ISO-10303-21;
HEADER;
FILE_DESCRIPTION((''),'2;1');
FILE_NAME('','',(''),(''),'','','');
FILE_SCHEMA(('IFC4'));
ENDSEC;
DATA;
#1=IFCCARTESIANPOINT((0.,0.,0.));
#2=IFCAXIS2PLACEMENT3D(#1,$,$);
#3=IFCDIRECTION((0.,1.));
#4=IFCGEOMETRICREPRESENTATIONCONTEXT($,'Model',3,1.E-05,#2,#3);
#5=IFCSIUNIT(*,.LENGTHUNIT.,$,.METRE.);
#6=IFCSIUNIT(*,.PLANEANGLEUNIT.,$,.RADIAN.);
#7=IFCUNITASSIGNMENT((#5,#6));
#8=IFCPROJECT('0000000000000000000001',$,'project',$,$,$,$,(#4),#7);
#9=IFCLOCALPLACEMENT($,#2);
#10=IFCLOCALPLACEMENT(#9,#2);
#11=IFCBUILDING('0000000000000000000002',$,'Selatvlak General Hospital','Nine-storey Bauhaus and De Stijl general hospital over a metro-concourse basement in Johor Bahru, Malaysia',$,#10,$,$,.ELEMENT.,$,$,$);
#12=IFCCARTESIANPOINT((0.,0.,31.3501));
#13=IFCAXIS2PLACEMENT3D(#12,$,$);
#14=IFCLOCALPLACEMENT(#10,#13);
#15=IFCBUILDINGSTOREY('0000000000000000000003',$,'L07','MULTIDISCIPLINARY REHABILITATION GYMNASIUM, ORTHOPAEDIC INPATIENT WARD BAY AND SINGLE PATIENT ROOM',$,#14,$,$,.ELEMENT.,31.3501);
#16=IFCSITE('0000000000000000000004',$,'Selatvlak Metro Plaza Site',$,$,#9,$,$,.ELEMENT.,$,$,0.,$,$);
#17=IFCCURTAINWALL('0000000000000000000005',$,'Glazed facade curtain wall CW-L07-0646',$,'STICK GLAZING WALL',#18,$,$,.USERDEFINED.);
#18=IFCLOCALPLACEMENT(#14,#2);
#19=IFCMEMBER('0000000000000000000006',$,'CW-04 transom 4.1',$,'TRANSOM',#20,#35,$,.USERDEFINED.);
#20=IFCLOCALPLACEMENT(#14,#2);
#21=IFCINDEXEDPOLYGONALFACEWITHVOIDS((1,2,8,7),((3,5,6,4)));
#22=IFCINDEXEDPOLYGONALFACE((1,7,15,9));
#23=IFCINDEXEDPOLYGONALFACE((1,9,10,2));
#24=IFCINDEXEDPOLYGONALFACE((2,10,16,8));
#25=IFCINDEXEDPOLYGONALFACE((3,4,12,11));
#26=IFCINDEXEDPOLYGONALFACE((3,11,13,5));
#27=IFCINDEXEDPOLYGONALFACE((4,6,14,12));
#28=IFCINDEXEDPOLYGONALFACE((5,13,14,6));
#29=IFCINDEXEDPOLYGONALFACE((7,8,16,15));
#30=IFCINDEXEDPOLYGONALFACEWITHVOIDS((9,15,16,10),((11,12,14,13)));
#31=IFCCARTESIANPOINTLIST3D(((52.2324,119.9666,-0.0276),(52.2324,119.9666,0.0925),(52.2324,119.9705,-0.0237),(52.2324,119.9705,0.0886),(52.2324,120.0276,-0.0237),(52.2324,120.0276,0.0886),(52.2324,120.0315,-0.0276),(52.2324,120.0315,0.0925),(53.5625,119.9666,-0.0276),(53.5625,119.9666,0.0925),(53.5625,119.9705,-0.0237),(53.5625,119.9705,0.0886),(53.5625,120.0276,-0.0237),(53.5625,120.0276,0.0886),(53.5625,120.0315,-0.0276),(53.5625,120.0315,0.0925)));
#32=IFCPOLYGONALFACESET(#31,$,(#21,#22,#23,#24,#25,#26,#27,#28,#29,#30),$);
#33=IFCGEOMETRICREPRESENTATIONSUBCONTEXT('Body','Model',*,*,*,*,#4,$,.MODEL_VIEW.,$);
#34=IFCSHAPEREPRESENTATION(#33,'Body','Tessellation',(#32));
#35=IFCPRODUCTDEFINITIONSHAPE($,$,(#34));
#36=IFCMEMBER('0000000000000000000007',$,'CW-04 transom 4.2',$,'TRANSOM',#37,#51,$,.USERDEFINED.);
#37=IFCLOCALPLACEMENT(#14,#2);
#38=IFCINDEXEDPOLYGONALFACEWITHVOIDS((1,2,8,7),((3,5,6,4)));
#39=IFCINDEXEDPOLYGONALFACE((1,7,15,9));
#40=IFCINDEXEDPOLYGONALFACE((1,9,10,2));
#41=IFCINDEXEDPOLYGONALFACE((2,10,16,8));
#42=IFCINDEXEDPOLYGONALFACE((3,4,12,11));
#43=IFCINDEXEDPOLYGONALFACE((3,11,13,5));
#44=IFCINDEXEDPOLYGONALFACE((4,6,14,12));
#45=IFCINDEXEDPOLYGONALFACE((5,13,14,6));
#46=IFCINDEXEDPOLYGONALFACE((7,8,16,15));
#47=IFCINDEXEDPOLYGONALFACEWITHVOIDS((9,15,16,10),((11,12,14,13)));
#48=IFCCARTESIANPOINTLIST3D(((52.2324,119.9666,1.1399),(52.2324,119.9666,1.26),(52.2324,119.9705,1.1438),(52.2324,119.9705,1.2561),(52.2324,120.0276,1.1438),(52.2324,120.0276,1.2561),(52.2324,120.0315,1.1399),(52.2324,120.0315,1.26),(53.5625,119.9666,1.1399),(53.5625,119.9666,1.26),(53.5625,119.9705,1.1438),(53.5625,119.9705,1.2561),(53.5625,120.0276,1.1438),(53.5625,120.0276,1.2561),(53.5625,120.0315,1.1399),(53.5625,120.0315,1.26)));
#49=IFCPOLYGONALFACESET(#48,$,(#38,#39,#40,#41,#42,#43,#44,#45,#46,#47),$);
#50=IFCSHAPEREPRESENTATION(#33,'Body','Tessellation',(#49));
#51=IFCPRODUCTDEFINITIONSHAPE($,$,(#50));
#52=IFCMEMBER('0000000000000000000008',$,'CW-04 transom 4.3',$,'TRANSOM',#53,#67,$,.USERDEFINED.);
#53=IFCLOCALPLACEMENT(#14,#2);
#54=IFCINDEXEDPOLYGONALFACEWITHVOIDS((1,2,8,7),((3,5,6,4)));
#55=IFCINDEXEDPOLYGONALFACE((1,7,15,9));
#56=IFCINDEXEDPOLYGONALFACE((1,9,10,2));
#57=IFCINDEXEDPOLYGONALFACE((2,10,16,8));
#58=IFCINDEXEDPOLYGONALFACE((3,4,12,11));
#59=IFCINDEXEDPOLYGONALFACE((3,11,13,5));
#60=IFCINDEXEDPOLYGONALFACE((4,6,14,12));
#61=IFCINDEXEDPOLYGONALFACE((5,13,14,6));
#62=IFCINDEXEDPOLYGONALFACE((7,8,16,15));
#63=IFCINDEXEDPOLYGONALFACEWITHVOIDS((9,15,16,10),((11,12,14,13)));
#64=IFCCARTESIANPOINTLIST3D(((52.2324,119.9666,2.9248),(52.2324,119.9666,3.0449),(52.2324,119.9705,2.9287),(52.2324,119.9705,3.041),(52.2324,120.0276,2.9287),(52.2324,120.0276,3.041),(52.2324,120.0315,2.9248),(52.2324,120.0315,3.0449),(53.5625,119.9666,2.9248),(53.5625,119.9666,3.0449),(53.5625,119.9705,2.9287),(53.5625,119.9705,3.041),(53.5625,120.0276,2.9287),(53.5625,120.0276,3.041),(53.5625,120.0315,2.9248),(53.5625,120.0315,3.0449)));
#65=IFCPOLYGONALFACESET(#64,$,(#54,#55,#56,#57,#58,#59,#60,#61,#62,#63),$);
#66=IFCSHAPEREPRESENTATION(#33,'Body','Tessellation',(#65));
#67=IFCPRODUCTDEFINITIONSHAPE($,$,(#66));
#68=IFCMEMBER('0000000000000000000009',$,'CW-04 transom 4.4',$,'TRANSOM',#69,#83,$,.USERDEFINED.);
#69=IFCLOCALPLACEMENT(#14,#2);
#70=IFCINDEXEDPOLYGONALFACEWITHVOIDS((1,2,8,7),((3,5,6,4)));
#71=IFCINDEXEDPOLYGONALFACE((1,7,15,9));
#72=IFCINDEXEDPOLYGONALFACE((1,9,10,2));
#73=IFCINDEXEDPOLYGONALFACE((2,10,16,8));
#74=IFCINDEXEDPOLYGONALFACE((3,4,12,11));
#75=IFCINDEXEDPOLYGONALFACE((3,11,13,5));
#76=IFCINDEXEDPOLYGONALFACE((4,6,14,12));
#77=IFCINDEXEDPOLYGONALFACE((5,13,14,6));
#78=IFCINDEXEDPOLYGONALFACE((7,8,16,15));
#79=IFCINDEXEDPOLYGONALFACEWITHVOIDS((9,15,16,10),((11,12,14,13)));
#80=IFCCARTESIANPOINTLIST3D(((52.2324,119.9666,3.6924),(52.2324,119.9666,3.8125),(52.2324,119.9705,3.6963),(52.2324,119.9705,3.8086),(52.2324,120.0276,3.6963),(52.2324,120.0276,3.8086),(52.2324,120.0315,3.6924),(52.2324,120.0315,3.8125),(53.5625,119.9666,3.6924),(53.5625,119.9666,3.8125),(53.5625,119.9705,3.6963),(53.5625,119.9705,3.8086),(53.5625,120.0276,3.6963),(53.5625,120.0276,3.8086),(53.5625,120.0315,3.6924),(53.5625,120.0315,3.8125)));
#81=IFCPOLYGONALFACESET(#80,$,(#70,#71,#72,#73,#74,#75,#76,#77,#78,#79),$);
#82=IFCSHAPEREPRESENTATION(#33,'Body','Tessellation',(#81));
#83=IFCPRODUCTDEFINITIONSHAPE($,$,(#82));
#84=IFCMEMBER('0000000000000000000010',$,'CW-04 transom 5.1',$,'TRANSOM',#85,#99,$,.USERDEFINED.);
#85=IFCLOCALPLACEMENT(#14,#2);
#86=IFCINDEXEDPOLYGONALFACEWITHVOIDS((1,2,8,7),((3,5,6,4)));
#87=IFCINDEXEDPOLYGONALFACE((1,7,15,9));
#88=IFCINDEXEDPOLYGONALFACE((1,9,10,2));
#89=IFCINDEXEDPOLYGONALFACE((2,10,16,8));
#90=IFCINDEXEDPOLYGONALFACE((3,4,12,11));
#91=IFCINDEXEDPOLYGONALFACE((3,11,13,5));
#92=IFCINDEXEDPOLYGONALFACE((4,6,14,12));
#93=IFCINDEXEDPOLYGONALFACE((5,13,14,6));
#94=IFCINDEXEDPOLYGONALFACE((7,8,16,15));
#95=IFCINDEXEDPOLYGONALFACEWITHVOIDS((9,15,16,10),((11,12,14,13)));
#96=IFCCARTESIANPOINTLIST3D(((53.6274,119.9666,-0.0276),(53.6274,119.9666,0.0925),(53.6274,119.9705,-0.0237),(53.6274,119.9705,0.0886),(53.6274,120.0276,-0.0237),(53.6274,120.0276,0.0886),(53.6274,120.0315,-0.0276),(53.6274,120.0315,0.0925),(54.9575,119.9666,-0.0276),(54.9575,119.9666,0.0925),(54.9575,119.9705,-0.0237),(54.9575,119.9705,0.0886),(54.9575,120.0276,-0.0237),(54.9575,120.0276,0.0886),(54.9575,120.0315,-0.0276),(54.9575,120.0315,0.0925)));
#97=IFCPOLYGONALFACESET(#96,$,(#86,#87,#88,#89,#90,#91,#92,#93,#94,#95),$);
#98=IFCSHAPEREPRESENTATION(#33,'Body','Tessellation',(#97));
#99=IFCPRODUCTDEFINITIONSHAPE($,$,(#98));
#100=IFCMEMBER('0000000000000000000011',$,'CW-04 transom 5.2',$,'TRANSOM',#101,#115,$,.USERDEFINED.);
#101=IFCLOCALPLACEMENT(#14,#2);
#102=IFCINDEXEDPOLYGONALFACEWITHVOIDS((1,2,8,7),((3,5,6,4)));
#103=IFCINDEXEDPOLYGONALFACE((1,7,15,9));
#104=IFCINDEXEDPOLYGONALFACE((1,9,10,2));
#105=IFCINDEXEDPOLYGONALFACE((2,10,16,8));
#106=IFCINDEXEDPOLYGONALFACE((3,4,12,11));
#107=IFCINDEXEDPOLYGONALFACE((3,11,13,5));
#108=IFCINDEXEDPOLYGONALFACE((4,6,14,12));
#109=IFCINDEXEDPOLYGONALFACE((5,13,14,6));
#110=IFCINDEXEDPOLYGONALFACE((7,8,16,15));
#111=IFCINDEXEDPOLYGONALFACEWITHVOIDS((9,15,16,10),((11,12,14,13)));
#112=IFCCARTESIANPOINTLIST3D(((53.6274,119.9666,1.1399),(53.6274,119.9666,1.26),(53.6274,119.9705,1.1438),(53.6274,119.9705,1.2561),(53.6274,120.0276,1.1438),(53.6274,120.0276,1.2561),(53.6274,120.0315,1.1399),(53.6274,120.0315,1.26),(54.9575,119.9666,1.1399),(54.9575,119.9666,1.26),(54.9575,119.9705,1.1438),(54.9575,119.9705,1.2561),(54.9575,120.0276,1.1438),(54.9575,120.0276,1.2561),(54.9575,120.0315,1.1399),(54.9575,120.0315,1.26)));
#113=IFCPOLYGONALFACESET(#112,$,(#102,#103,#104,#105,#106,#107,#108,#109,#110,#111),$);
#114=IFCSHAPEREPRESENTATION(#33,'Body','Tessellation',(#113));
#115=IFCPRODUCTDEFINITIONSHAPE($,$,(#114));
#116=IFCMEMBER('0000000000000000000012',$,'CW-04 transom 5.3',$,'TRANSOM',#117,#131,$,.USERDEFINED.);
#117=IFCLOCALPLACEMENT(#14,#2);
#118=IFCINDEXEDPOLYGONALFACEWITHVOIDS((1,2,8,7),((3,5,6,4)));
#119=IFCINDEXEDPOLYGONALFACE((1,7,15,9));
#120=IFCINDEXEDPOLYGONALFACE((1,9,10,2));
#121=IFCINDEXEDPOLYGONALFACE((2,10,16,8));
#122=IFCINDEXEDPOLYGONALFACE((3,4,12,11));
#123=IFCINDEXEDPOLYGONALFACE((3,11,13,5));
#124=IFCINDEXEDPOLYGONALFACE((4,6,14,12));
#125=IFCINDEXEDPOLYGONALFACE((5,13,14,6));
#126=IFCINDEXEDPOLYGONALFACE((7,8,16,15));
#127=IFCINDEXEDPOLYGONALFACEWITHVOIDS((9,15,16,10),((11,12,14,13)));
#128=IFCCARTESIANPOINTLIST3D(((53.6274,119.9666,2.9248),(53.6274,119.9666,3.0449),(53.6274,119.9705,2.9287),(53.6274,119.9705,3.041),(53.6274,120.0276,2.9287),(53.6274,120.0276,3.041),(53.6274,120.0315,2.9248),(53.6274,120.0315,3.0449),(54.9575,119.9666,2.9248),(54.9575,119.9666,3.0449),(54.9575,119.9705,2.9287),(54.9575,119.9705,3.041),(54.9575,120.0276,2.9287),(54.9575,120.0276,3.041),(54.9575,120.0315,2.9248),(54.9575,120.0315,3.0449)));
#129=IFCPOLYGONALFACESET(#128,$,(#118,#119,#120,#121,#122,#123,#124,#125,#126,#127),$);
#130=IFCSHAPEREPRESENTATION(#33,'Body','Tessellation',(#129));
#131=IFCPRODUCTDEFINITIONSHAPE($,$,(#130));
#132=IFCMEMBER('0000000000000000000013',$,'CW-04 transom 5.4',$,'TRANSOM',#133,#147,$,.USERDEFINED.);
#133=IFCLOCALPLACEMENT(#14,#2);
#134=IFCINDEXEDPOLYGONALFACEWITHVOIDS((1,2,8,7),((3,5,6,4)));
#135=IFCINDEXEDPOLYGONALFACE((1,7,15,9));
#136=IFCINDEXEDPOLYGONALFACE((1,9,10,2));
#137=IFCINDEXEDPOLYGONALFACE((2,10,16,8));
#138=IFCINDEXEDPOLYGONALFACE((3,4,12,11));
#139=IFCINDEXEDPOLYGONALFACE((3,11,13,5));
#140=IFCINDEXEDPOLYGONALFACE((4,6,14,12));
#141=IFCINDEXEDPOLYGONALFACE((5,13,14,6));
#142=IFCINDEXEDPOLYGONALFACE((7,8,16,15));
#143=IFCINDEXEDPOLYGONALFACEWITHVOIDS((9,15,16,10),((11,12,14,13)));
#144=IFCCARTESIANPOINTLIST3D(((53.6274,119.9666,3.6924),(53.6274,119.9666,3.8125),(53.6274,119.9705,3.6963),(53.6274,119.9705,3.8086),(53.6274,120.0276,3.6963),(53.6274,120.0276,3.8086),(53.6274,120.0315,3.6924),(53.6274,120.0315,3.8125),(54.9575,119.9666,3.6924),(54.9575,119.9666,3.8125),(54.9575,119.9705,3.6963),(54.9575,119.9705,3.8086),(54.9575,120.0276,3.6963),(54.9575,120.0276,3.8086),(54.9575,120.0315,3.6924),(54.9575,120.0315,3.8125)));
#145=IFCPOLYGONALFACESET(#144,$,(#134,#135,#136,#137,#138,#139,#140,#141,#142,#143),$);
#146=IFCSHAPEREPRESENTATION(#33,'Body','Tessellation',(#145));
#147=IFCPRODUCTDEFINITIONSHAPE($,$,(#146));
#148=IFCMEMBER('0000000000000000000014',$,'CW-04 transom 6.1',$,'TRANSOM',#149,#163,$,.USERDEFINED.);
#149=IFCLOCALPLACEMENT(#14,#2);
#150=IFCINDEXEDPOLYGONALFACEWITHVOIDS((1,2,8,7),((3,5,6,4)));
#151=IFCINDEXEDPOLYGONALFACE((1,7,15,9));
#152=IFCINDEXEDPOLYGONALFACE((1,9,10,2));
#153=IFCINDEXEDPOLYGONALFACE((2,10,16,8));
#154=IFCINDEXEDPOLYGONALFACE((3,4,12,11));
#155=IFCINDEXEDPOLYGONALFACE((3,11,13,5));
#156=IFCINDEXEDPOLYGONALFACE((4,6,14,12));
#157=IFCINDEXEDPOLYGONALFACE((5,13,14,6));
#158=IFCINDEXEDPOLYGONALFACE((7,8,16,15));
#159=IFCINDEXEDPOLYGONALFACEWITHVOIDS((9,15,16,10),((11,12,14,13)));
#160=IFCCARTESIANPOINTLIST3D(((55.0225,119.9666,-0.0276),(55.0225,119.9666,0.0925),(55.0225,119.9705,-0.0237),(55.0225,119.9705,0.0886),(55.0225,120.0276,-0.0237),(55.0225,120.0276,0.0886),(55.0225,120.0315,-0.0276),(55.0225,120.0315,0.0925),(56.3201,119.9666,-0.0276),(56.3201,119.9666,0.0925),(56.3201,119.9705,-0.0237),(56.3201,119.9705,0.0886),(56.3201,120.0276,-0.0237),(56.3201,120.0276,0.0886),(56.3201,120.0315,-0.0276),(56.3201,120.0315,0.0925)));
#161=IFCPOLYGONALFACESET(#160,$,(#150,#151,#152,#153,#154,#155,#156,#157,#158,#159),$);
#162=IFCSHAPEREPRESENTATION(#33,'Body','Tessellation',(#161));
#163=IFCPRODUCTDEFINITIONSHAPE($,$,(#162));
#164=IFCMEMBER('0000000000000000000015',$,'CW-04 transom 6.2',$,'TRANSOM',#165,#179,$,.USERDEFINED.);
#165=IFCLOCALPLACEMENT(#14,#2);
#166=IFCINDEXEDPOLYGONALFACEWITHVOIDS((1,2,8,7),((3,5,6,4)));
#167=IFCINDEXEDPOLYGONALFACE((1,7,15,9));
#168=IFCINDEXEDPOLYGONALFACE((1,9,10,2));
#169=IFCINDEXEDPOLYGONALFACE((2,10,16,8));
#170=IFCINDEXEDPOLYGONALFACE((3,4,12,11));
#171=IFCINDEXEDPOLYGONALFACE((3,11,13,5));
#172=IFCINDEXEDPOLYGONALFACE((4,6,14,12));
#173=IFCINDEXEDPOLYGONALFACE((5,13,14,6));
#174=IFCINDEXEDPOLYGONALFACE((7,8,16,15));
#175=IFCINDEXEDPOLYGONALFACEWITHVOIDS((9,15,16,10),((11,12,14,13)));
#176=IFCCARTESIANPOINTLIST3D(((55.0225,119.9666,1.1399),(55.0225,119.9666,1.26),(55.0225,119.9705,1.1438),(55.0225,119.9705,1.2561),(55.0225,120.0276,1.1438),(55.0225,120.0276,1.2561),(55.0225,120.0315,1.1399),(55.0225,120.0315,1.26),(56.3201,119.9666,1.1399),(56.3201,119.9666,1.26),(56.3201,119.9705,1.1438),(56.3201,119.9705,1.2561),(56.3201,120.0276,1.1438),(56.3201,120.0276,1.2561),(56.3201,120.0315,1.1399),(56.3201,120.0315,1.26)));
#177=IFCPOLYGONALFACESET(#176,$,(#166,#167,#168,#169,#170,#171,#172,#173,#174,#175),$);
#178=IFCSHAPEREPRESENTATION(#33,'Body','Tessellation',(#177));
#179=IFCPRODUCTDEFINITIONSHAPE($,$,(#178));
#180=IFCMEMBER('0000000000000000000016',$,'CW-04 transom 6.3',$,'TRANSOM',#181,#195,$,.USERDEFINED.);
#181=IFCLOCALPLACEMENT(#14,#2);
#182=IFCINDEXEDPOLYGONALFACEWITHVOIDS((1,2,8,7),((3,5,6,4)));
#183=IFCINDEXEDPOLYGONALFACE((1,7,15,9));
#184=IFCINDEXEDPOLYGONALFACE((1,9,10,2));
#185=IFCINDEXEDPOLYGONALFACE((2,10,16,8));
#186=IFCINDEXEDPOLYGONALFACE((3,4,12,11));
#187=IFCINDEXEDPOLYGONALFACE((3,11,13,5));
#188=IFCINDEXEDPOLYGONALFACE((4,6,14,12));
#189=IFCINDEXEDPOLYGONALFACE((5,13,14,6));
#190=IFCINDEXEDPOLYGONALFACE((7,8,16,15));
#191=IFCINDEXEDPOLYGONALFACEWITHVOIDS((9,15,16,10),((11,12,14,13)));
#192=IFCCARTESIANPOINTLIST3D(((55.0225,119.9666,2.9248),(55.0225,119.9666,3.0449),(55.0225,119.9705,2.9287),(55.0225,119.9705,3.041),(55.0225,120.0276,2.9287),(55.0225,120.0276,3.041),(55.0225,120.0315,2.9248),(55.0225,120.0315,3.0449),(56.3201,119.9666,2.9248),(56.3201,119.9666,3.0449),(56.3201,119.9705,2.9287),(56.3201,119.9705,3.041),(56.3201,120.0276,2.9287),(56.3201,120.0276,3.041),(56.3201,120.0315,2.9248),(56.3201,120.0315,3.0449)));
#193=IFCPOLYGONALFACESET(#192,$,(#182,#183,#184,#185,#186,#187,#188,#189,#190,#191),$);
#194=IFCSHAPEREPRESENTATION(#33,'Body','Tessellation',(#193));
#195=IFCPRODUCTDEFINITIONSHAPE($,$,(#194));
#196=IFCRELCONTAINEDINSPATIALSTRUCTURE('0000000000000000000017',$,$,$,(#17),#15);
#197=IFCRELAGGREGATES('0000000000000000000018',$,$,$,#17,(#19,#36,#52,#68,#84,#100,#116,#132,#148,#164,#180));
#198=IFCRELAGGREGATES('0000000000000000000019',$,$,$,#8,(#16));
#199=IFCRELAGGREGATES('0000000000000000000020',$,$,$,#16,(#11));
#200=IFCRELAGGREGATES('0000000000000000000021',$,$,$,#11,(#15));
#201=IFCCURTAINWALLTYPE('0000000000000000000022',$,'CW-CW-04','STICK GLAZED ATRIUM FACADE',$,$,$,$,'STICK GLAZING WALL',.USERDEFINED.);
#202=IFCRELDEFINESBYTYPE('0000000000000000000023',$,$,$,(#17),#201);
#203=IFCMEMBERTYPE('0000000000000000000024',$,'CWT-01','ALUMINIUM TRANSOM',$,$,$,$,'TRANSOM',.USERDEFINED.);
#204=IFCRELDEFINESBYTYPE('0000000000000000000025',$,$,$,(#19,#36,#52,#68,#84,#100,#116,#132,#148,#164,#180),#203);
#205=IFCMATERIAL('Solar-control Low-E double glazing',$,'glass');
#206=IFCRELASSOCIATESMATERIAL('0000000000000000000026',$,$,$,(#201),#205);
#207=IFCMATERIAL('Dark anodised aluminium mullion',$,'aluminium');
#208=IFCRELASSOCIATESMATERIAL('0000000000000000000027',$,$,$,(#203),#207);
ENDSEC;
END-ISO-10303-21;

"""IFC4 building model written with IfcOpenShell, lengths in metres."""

from ifc_helpers import new_model, si_unit, direction, frame, origin, origin_2d, place, context, subcontext, project, spatial, hollow_rectangle, extrude, material, material_profile, profile_set, type_object, element, aggregate, save


model = new_model("IFC4")

# Units and contexts
model_context = context("Model", 3, precision=1e-05, world=origin(), true_north=direction((0.0, 1.0)))
body_context = subcontext(model_context, "Body", "Model", "MODEL_VIEW")
ifc_project = project(units=[si_unit("LENGTHUNIT", "METRE"), si_unit("PLANEANGLEUNIT", "RADIAN")], contexts=[model_context])

# Site, building, storey
site_placement = place(None, origin())
site = spatial("IfcSite", under=ifc_project, at=site_placement, Name="Selatvlak Metro Plaza Site", CompositionType="ELEMENT", RefElevation=0.0)
building_placement = place(site_placement, origin())
building = spatial("IfcBuilding", under=site, at=building_placement, Name="Selatvlak General Hospital", Description="Nine-storey Bauhaus and De Stijl general hospital over a metro-concourse basement in Johor Bahru, Malaysia", CompositionType="ELEMENT")
storey_placement = place(building_placement, frame((0.0, 0.0, 31.3501)))
storey = spatial("IfcBuildingStorey", under=building, at=storey_placement, Name="L07", Description="MULTIDISCIPLINARY REHABILITATION GYMNASIUM, ORTHOPAEDIC INPATIENT WARD BAY AND SINGLE PATIENT ROOM", CompositionType="ELEMENT", Elevation=31.3501)

# Curtain wall, members
ifc_material_1 = material(Name="Solar-control Low-E double glazing", Category="glass")
curtain_wall_type = type_object("IfcCurtainWallType", Name="CW-CW-04", Description="STICK GLAZED ATRIUM FACADE", ElementType="STICK GLAZING WALL", PredefinedType="USERDEFINED", material=ifc_material_1)
curtain_wall_placement = place(storey_placement, origin())
curtain_wall = element("IfcCurtainWall", 1, at=curtain_wall_placement, inside=storey, type_object=curtain_wall_type, Name="Glazed facade curtain wall CW-L07-0646", ObjectType="STICK GLAZING WALL", PredefinedType="USERDEFINED")
ifc_material_2 = material(Name="Dark anodised aluminium mullion", Category="aluminium")
ifc_material_profile_1 = material_profile(ifc_material_2, hollow_rectangle(XDim=0.0649, YDim=0.1201, WallThickness=0.0039, at=origin_2d()), Name="AL-TRN 65x120x4")
ifc_profile_set_1 = profile_set([ifc_material_profile_1], Name="Dark anodised aluminium mullion")
member_type_1 = type_object("IfcMemberType", Name="CWT-01", Description="ALUMINIUM TRANSOM", ElementType="TRANSOM", PredefinedType="USERDEFINED", material=ifc_profile_set_1)
member_1_placement = place(storey_placement, frame((52.2324, 119.999, 0.0325), z_axis=(1.0, 0.0, 0.0), x_axis=(0.0, 1.0, 0.0)))
member_1 = element("IfcMember", 2, at=member_1_placement, type_object=member_type_1, Name="CW-04 transom 4.1", ObjectType="TRANSOM", PredefinedType="USERDEFINED", context=body_context, shape_type="SweptSolid", body=[
    extrude(hollow_rectangle(XDim=0.0649, YDim=0.1201, WallThickness=0.0039, at=origin_2d()), origin(), (0.0, 0.0, 1.0), 1.3301),
])
member_2_placement = place(storey_placement, frame((52.2324, 119.999, 1.2), z_axis=(1.0, 0.0, 0.0), x_axis=(0.0, 1.0, 0.0)))
member_2 = element("IfcMember", 3, at=member_2_placement, type_object=member_type_1, Name="CW-04 transom 4.2", ObjectType="TRANSOM", PredefinedType="USERDEFINED", context=body_context, shape_type="SweptSolid", body=[
    extrude(hollow_rectangle(XDim=0.0649, YDim=0.1201, WallThickness=0.0039, at=origin_2d()), origin(), (0.0, 0.0, 1.0), 1.3301),
])
member_3_placement = place(storey_placement, frame((52.2324, 119.999, 2.9849), z_axis=(1.0, 0.0, 0.0), x_axis=(0.0, 1.0, 0.0)))
member_3 = element("IfcMember", 4, at=member_3_placement, type_object=member_type_1, Name="CW-04 transom 4.3", ObjectType="TRANSOM", PredefinedType="USERDEFINED", context=body_context, shape_type="SweptSolid", body=[
    extrude(hollow_rectangle(XDim=0.0649, YDim=0.1201, WallThickness=0.0039, at=origin_2d()), origin(), (0.0, 0.0, 1.0), 1.3301),
])
member_4_placement = place(storey_placement, frame((52.2324, 119.999, 3.7524), z_axis=(1.0, 0.0, 0.0), x_axis=(0.0, 1.0, 0.0)))
member_4 = element("IfcMember", 5, at=member_4_placement, type_object=member_type_1, Name="CW-04 transom 4.4", ObjectType="TRANSOM", PredefinedType="USERDEFINED", context=body_context, shape_type="SweptSolid", body=[
    extrude(hollow_rectangle(XDim=0.0649, YDim=0.1201, WallThickness=0.0039, at=origin_2d()), origin(), (0.0, 0.0, 1.0), 1.3301),
])
member_5_placement = place(storey_placement, frame((53.6274, 119.999, 0.0325), z_axis=(1.0, 0.0, 0.0), x_axis=(0.0, 1.0, 0.0)))
member_5 = element("IfcMember", 6, at=member_5_placement, type_object=member_type_1, Name="CW-04 transom 5.1", ObjectType="TRANSOM", PredefinedType="USERDEFINED", context=body_context, shape_type="SweptSolid", body=[
    extrude(hollow_rectangle(XDim=0.0649, YDim=0.1201, WallThickness=0.0039, at=origin_2d()), origin(), (0.0, 0.0, 1.0), 1.3301),
])
member_6_placement = place(storey_placement, frame((53.6274, 119.999, 1.2), z_axis=(1.0, 0.0, 0.0), x_axis=(0.0, 1.0, 0.0)))
member_6 = element("IfcMember", 7, at=member_6_placement, type_object=member_type_1, Name="CW-04 transom 5.2", ObjectType="TRANSOM", PredefinedType="USERDEFINED", context=body_context, shape_type="SweptSolid", body=[
    extrude(hollow_rectangle(XDim=0.0649, YDim=0.1201, WallThickness=0.0039, at=origin_2d()), origin(), (0.0, 0.0, 1.0), 1.3301),
])
member_7_placement = place(storey_placement, frame((53.6274, 119.999, 2.9849), z_axis=(1.0, 0.0, 0.0), x_axis=(0.0, 1.0, 0.0)))
member_7 = element("IfcMember", 8, at=member_7_placement, type_object=member_type_1, Name="CW-04 transom 5.3", ObjectType="TRANSOM", PredefinedType="USERDEFINED", context=body_context, shape_type="SweptSolid", body=[
    extrude(hollow_rectangle(XDim=0.0649, YDim=0.1201, WallThickness=0.0039, at=origin_2d()), origin(), (0.0, 0.0, 1.0), 1.3301),
])
member_8_placement = place(storey_placement, frame((53.6274, 119.999, 3.7524), z_axis=(1.0, 0.0, 0.0), x_axis=(0.0, 1.0, 0.0)))
member_8 = element("IfcMember", 9, at=member_8_placement, type_object=member_type_1, Name="CW-04 transom 5.4", ObjectType="TRANSOM", PredefinedType="USERDEFINED", context=body_context, shape_type="SweptSolid", body=[
    extrude(hollow_rectangle(XDim=0.0649, YDim=0.1201, WallThickness=0.0039, at=origin_2d()), origin(), (0.0, 0.0, 1.0), 1.3301),
])
member_9_placement = place(storey_placement, frame((55.0225, 119.999, 0.0325), z_axis=(1.0, 0.0, 0.0), x_axis=(0.0, 1.0, 0.0)))
member_9 = element("IfcMember", 10, at=member_9_placement, type_object=member_type_1, Name="CW-04 transom 6.1", ObjectType="TRANSOM", PredefinedType="USERDEFINED", context=body_context, shape_type="SweptSolid", body=[
    extrude(hollow_rectangle(XDim=0.0649, YDim=0.1201, WallThickness=0.0039, at=origin_2d()), origin(), (0.0, 0.0, 1.0), 1.2976),
])
member_10_placement = place(storey_placement, frame((55.0225, 119.999, 1.2), z_axis=(1.0, 0.0, 0.0), x_axis=(0.0, 1.0, 0.0)))
member_10 = element("IfcMember", 11, at=member_10_placement, type_object=member_type_1, Name="CW-04 transom 6.2", ObjectType="TRANSOM", PredefinedType="USERDEFINED", context=body_context, shape_type="SweptSolid", body=[
    extrude(hollow_rectangle(XDim=0.0649, YDim=0.1201, WallThickness=0.0039, at=origin_2d()), origin(), (0.0, 0.0, 1.0), 1.2976),
])
member_11_placement = place(storey_placement, frame((55.0225, 119.999, 2.9849), z_axis=(1.0, 0.0, 0.0), x_axis=(0.0, 1.0, 0.0)))
member_11 = element("IfcMember", 12, at=member_11_placement, type_object=member_type_1, Name="CW-04 transom 6.3", ObjectType="TRANSOM", PredefinedType="USERDEFINED", context=body_context, shape_type="SweptSolid", body=[
    extrude(hollow_rectangle(XDim=0.0649, YDim=0.1201, WallThickness=0.0039, at=origin_2d()), origin(), (0.0, 0.0, 1.0), 1.2976),
])
aggregate(curtain_wall, [member_1, member_2, member_3, member_4, member_5, member_6, member_7, member_8, member_9, member_10, member_11])

save(model, "model.ifc")
